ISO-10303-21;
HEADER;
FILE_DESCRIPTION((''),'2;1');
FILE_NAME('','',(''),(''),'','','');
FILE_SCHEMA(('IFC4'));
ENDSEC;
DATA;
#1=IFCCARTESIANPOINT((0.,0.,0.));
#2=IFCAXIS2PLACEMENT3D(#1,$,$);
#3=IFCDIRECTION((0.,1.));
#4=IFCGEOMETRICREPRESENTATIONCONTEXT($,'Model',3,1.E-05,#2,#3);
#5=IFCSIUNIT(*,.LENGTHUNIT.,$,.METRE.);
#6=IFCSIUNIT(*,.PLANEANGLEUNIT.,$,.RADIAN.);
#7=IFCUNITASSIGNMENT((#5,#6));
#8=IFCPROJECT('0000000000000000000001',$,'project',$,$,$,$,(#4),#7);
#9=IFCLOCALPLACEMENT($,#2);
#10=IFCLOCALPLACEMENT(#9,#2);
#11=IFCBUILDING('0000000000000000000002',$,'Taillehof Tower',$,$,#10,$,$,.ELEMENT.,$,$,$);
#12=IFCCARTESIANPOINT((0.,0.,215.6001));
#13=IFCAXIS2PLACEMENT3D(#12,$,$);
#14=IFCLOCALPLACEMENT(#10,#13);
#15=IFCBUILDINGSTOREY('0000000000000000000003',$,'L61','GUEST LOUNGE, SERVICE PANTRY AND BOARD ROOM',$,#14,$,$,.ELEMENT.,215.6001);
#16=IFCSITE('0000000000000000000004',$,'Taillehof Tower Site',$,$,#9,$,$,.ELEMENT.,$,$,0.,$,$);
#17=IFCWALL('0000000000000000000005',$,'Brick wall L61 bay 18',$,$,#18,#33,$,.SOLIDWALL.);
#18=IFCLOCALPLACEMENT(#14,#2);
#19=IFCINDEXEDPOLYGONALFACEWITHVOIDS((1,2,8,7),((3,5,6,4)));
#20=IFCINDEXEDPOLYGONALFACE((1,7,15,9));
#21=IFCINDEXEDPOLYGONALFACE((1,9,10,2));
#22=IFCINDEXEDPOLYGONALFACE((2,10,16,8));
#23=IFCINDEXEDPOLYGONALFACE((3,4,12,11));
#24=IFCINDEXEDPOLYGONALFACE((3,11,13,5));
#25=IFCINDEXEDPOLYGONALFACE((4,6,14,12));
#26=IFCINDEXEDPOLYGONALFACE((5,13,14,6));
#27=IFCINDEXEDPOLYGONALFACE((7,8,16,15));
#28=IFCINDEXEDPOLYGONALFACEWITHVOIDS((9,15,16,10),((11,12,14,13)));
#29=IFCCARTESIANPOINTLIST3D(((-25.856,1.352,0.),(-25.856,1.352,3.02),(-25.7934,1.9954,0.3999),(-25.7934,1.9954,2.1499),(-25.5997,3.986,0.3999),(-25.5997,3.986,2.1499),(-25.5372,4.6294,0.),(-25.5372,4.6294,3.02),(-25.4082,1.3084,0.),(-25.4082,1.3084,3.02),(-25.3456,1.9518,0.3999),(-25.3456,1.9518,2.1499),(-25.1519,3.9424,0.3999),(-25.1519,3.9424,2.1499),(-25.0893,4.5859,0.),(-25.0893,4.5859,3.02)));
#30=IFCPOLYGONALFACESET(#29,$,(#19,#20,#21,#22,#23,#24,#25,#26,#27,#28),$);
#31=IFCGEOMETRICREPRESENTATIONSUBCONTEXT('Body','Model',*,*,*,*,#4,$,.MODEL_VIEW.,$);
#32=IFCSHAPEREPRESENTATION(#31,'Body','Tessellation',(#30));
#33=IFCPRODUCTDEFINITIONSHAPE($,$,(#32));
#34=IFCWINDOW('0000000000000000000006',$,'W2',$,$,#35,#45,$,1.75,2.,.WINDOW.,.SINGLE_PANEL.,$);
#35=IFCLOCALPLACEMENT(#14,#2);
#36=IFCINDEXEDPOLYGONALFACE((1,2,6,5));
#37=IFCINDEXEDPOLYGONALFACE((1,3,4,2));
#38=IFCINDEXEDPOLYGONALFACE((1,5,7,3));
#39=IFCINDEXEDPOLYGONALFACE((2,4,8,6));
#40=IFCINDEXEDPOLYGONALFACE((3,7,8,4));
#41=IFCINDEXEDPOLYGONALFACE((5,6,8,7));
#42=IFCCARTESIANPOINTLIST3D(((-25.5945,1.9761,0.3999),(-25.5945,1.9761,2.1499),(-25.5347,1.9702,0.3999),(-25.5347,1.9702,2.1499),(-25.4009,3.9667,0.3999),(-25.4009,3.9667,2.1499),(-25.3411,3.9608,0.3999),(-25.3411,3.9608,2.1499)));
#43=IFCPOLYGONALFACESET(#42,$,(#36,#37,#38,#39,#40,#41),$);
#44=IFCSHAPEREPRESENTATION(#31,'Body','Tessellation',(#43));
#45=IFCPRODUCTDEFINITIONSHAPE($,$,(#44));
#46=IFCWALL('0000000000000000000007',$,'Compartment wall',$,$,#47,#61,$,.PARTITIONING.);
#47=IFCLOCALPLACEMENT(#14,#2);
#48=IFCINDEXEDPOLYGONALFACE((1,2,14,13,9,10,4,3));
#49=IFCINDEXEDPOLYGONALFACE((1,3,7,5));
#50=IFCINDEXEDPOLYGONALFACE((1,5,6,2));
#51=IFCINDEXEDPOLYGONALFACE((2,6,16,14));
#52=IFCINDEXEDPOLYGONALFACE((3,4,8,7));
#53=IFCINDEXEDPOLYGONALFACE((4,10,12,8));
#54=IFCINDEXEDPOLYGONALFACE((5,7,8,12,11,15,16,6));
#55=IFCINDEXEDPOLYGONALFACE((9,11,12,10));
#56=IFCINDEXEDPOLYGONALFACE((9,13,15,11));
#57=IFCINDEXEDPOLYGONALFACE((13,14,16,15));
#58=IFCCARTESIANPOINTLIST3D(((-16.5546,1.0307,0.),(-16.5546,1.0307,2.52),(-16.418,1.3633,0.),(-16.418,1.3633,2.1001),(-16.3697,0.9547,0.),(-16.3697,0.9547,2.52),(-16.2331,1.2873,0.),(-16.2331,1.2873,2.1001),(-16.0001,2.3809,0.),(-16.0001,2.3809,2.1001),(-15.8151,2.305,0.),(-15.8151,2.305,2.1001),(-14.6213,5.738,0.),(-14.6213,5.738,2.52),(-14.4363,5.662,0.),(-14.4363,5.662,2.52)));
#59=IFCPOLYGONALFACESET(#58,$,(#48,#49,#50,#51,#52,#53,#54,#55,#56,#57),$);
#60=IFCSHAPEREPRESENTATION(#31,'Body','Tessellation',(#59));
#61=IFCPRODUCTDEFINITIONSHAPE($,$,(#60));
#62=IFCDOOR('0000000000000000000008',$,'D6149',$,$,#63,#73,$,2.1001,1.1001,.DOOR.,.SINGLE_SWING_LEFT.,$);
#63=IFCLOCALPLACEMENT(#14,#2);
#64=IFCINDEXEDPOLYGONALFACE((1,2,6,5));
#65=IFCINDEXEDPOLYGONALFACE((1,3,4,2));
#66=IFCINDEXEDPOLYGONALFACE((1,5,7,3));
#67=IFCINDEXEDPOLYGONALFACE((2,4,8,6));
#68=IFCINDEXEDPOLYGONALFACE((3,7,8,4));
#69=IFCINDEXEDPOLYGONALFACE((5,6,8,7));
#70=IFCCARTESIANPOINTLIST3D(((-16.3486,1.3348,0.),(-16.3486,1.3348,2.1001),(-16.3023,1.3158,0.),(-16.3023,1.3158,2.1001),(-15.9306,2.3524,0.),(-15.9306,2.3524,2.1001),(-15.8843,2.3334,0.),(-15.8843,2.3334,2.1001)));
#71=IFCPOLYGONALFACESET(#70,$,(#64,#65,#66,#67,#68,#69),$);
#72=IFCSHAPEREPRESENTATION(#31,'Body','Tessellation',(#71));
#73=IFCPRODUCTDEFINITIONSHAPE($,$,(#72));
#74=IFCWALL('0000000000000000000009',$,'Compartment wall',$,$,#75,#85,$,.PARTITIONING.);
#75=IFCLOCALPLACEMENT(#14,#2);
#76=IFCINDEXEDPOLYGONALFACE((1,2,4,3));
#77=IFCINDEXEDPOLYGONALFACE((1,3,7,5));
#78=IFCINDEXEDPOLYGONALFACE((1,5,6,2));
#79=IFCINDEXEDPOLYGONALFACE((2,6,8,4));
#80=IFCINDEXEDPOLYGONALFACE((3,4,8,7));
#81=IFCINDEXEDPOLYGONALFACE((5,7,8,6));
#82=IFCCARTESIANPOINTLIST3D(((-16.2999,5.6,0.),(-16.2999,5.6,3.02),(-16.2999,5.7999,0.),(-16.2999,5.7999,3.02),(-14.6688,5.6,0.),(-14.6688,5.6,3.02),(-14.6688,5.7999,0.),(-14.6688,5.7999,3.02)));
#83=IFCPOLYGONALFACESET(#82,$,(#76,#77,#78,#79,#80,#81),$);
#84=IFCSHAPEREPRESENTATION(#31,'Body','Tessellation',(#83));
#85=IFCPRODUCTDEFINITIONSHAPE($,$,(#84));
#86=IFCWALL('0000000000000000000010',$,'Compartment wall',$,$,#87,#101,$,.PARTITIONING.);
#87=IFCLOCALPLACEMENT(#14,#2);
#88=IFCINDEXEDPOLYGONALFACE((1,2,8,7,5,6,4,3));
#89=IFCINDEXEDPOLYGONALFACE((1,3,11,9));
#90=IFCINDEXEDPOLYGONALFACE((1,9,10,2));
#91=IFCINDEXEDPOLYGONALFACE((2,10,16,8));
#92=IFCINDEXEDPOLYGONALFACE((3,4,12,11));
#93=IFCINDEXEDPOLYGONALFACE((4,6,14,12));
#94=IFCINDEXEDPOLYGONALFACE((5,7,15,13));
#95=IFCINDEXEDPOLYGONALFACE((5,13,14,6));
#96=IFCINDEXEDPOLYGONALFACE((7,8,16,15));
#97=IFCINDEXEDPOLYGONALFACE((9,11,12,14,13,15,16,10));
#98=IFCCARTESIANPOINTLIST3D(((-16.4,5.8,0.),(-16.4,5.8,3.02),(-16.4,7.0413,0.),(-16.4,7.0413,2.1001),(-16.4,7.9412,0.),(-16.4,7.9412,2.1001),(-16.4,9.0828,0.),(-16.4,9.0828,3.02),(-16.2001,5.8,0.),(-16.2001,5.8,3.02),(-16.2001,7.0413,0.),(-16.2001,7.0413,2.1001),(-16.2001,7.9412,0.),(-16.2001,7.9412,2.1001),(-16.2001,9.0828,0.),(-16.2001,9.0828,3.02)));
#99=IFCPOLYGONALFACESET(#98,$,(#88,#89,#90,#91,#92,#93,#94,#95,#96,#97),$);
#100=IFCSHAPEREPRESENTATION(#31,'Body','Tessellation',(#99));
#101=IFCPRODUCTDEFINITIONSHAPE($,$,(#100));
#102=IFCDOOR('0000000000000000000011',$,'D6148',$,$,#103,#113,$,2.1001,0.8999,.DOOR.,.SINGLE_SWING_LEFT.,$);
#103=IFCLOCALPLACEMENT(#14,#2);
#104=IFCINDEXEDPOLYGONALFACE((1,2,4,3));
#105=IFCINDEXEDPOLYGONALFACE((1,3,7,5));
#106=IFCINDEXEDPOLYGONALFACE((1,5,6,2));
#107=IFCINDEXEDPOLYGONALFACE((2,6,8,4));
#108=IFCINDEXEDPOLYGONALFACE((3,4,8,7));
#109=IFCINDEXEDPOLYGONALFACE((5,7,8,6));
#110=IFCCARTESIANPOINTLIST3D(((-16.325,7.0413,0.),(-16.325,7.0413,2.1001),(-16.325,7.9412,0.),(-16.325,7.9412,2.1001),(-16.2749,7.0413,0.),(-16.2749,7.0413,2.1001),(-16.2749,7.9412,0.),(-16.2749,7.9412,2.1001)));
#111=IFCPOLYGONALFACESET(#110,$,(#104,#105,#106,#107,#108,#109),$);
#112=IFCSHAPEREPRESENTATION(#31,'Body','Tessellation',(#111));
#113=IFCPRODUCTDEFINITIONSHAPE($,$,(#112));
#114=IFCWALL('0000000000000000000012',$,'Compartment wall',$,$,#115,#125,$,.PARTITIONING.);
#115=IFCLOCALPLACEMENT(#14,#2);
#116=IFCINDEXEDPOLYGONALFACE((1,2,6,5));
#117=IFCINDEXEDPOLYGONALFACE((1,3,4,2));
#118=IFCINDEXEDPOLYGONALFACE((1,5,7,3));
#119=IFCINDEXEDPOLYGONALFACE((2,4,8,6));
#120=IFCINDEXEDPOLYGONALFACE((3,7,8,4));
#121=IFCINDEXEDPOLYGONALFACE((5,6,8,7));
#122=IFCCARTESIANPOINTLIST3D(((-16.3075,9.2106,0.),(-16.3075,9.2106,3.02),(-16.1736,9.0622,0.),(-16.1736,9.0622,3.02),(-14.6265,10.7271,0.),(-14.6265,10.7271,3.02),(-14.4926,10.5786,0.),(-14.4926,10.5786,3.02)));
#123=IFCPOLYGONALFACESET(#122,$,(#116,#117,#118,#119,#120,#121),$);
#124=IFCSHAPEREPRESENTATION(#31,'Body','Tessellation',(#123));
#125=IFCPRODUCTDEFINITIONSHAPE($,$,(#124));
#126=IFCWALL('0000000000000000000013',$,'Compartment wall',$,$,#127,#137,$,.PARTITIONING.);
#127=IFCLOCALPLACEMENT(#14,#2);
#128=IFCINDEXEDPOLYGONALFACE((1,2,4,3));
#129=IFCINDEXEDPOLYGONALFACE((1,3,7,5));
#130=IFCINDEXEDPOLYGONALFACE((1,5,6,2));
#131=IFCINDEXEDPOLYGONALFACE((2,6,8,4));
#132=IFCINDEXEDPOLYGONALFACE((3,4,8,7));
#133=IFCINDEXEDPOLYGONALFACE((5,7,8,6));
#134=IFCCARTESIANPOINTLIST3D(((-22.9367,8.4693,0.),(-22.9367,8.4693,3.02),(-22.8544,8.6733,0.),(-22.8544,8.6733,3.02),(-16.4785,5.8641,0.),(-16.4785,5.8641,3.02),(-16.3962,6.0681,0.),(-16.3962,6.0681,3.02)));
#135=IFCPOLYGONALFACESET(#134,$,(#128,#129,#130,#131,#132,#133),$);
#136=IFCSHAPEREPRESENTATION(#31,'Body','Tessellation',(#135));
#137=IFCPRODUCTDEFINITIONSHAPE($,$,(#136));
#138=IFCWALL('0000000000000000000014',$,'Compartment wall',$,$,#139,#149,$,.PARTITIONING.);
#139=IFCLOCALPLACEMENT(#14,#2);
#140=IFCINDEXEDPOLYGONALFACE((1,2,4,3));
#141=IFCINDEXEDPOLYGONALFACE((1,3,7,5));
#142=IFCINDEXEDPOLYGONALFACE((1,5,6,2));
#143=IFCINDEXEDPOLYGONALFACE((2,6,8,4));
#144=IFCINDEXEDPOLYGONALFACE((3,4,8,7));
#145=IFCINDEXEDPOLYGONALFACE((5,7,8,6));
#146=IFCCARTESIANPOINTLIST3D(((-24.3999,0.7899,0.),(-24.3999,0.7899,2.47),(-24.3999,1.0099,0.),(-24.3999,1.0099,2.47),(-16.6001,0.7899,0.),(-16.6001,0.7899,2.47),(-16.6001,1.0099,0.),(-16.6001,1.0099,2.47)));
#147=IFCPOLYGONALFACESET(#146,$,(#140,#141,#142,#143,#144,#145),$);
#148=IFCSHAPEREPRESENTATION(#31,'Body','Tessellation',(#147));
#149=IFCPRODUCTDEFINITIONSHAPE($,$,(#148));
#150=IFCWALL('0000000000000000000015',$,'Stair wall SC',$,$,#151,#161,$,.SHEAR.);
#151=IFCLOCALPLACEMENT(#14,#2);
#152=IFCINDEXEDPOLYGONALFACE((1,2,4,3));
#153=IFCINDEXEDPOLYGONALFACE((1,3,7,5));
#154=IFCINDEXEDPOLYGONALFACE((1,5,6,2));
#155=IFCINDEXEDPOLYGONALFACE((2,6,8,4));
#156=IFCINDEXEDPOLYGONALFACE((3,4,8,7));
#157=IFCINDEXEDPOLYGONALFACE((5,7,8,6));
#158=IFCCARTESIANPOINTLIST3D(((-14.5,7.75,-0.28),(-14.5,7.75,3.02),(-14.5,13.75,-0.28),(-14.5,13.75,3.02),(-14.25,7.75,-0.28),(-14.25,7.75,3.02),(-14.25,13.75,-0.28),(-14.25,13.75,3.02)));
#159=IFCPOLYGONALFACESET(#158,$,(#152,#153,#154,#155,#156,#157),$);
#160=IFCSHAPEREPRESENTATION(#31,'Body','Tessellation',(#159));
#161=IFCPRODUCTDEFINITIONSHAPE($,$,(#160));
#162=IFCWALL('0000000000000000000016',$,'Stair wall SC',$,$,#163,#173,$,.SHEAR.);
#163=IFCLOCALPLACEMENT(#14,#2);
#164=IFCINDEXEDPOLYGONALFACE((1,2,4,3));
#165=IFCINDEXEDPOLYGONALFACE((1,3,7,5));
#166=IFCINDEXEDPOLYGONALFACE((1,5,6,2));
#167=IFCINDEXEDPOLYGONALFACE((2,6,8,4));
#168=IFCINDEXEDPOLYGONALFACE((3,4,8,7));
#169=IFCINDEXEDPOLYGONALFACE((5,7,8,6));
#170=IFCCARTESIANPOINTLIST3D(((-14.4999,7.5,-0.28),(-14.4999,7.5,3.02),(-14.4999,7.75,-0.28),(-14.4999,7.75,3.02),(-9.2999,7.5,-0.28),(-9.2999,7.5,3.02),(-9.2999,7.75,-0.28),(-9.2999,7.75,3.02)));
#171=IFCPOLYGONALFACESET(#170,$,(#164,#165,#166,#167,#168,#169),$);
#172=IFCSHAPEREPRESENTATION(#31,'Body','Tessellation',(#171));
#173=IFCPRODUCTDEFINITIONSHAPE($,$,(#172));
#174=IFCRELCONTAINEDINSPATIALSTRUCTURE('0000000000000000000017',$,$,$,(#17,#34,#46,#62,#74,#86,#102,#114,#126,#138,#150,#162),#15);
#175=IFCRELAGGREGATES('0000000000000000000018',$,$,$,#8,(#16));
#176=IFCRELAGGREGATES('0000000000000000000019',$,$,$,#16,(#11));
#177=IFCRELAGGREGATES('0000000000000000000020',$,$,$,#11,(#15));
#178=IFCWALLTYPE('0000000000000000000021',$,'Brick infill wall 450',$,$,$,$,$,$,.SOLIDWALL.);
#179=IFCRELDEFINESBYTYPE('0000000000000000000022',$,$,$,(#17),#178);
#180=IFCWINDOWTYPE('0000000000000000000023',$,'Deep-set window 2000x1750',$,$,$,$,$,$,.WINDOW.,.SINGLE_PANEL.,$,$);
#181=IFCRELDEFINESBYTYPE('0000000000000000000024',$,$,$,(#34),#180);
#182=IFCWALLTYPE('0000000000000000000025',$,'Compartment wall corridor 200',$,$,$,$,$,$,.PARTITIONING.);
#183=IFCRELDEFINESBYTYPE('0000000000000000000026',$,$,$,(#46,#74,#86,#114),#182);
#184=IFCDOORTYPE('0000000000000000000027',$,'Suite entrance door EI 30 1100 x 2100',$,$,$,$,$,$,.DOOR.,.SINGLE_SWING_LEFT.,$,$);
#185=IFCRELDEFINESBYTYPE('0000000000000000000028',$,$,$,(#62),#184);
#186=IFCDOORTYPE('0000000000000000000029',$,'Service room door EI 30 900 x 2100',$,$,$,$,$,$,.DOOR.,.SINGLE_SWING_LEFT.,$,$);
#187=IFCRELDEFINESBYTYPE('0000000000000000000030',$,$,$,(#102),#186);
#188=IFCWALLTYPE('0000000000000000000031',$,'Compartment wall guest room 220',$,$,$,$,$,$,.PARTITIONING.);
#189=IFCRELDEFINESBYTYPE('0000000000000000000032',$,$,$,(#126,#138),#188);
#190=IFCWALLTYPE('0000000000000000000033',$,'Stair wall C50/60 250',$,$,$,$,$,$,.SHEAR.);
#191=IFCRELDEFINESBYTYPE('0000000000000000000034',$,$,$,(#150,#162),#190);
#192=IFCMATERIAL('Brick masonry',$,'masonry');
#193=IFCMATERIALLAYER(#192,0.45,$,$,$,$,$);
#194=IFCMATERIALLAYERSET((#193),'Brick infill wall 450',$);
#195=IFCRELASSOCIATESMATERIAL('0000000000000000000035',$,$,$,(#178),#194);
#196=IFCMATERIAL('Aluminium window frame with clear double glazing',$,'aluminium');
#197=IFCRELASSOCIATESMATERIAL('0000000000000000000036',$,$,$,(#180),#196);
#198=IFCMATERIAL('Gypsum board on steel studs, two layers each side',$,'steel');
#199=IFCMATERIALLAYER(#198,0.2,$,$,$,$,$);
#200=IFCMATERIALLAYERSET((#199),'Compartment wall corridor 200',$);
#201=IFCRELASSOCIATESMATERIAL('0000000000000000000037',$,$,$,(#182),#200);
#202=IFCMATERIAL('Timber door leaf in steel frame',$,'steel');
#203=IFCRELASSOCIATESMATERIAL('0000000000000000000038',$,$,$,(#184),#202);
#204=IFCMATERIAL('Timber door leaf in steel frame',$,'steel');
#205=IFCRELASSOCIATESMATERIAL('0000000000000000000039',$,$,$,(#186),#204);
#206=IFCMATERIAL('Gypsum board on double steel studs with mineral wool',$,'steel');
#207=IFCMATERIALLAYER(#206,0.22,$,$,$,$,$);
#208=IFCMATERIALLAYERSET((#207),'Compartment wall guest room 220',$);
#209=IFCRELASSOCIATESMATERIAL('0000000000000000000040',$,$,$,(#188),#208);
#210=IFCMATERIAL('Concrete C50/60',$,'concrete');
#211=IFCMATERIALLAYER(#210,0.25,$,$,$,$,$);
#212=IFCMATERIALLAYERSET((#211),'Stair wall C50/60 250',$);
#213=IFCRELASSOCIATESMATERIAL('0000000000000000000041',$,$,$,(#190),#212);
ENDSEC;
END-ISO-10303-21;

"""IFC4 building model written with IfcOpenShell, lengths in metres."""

from ifc_helpers import new_model, si_unit, direction, frame, frame_2d, origin, place, context, subcontext, project, spatial, rectangle, extrude, material, layer, layer_set, type_object, element, fill, save


model = new_model("IFC4")

# Units and contexts
model_context = context("Model", 3, precision=1e-05, world=origin(), true_north=direction((0.0, 1.0)))
body_context = subcontext(model_context, "Body", "Model", "MODEL_VIEW")
ifc_project = project(units=[si_unit("LENGTHUNIT", "METRE"), si_unit("PLANEANGLEUNIT", "RADIAN")], contexts=[model_context])

# Site, building, storey
site_placement = place(None, origin())
site = spatial("IfcSite", under=ifc_project, at=site_placement, Name="Taillehof Tower Site", CompositionType="ELEMENT", RefElevation=0.0)
building_placement = place(site_placement, origin())
building = spatial("IfcBuilding", under=site, at=building_placement, Name="Taillehof Tower", CompositionType="ELEMENT")
storey_placement = place(building_placement, frame((0.0, 0.0, 215.6001)))
storey = spatial("IfcBuildingStorey", under=building, at=storey_placement, Name="L61", Description="GUEST LOUNGE, SERVICE PANTRY AND BOARD ROOM", CompositionType="ELEMENT", Elevation=215.6001)

# Wall, opening, window
ifc_material_1 = material(Name="Brick masonry", Category="masonry")
ifc_layer_1 = layer(ifc_material_1, 0.45)
ifc_layer_set_1 = layer_set([ifc_layer_1], Name="Brick infill wall 450")
wall_type_1 = type_object("IfcWallType", Name="Brick infill wall 450", PredefinedType="SOLIDWALL", material=ifc_layer_set_1)
ifc_material_2 = material(Name="Aluminium window frame with clear double glazing", Category="aluminium")
window_type = type_object("IfcWindowType", Name="Deep-set window 2000x1750", PartitioningType="SINGLE_PANEL", PredefinedType="WINDOW", material=ifc_material_2)
wall_1_placement = place(storey_placement, frame((-25.3132, 4.6077, 0.0), z_axis=(0.0, 0.0, 1.0), x_axis=(-0.096824, -0.995302, 0.0)))
wall_1 = element("IfcWall", 1, at=wall_1_placement, inside=storey, type_object=wall_type_1, Name="Brick wall L61 bay 18", PredefinedType="SOLIDWALL", context=body_context, shape_type="SweptSolid", body=[
    extrude(rectangle(XDim=3.293, YDim=0.45, at=frame_2d((1.6465, 0.0))), origin(), (0.0, 0.0, 1.0), 3.02),
])
opening_1_placement = place(wall_1_placement, frame((0.6465, 0.0, 0.3999)))
opening_1 = element("IfcOpeningElement", 2, at=opening_1_placement, cuts=wall_1, PredefinedType="OPENING", context=body_context, shape_type="SweptSolid", body=[
    extrude(rectangle(XDim=2.0, YDim=1.75, at=frame_2d((1.0, 0.875))), frame((0.0, 0.2349, 0.0), z_axis=(0.0, -1.0, 0.0), x_axis=(1.0, 0.0, 0.0)), (0.0, 0.0, 1.0), 0.47),
])
window_1_placement = place(opening_1_placement, origin())
window_1 = element("IfcWindow", 3, at=window_1_placement, inside=storey, type_object=window_type, Name="W2", OverallHeight=1.75, OverallWidth=2.0, PartitioningType="SINGLE_PANEL", PredefinedType="WINDOW", context=body_context, shape_type="SweptSolid", body=[
    extrude(rectangle(XDim=2.0, YDim=1.75, at=frame_2d((1.0, 0.875))), frame((0.0, 0.0349, 0.0), z_axis=(0.0, -1.0, 0.0), x_axis=(1.0, 0.0, 0.0)), (0.0, 0.0, 1.0), 0.0601),
])
fill(opening_1, window_1)

# Wall, opening, door
ifc_material_3 = material(Name="Gypsum board on steel studs, two layers each side", Category="steel")
ifc_layer_2 = layer(ifc_material_3, 0.2)
ifc_layer_set_2 = layer_set([ifc_layer_2], Name="Compartment wall corridor 200")
wall_type_2 = type_object("IfcWallType", Name="Compartment wall corridor 200", PredefinedType="PARTITIONING", material=ifc_layer_set_2)
wall_2_placement = place(storey_placement, frame((-16.4622, 0.9927, 0.0), z_axis=(0.0, 0.0, 1.0), x_axis=(0.37992, 0.92502, 0.0)))
wall_2 = element("IfcWall", 4, at=wall_2_placement, inside=storey, type_object=wall_type_2, Name="Compartment wall", PredefinedType="PARTITIONING", context=body_context, shape_type="SweptSolid", body=[
    extrude(rectangle(XDim=5.0889, YDim=0.2, at=frame_2d((2.5444, 0.0))), origin(), (0.0, 0.0, 1.0), 2.52),
])
opening_2_placement = place(wall_2_placement, frame((0.3596, 0.0, 0.0)))
opening_2 = element("IfcOpeningElement", 5, at=opening_2_placement, cuts=wall_2, PredefinedType="OPENING", context=body_context, shape_type="SweptSolid", body=[
    extrude(rectangle(XDim=1.1001, YDim=2.1001, at=frame_2d((0.55, 1.05))), frame((0.0, 0.1099, 0.0), z_axis=(0.0, -1.0, 0.0), x_axis=(1.0, 0.0, 0.0)), (0.0, 0.0, 1.0), 0.22),
])
ifc_material_4 = material(Name="Timber door leaf in steel frame", Category="steel")
door_type_1 = type_object("IfcDoorType", Name="Suite entrance door EI 30 1100 x 2100", OperationType="SINGLE_SWING_LEFT", PredefinedType="DOOR", material=ifc_material_4)
door_1_placement = place(opening_2_placement, origin())
door_1 = element("IfcDoor", 6, at=door_1_placement, inside=storey, type_object=door_type_1, Name="D6149", OperationType="SINGLE_SWING_LEFT", OverallHeight=2.1001, OverallWidth=1.1001, PredefinedType="DOOR", context=body_context, shape_type="SweptSolid", body=[
    extrude(rectangle(XDim=1.1001, YDim=2.1001, at=frame_2d((0.55, 1.05))), frame((0.0, 0.0249, 0.0), z_axis=(0.0, -1.0, 0.0), x_axis=(1.0, 0.0, 0.0)), (0.0, 0.0, 1.0), 0.05),
])
fill(opening_2, door_1)

# Wall
wall_3_placement = place(storey_placement, frame((-14.6689, 5.7, 0.0), z_axis=(0.0, 0.0, 1.0), x_axis=(-1.0, 0.0, 0.0)))
element("IfcWall", 7, at=wall_3_placement, inside=storey, type_object=wall_type_2, Name="Compartment wall", PredefinedType="PARTITIONING", context=body_context, shape_type="SweptSolid", body=[
    extrude(rectangle(XDim=1.6311, YDim=0.2, at=frame_2d((0.8154, 0.0))), origin(), (0.0, 0.0, 1.0), 3.02),
])

# Wall, opening, door
wall_4_placement = place(storey_placement, frame((-16.3, 5.8, 0.0), z_axis=(0.0, 0.0, 1.0), x_axis=(0.0, 1.0, 0.0)))
wall_4 = element("IfcWall", 8, at=wall_4_placement, inside=storey, type_object=wall_type_2, Name="Compartment wall", PredefinedType="PARTITIONING", context=body_context, shape_type="SweptSolid", body=[
    extrude(rectangle(XDim=3.2827, YDim=0.2, at=frame_2d((1.6414, 0.0))), origin(), (0.0, 0.0, 1.0), 3.02),
])
opening_3_placement = place(wall_4_placement, frame((1.2412, 0.0, 0.0)))
opening_3 = element("IfcOpeningElement", 9, at=opening_3_placement, cuts=wall_4, PredefinedType="OPENING", context=body_context, shape_type="SweptSolid", body=[
    extrude(rectangle(XDim=0.8999, YDim=2.1001, at=frame_2d((0.45, 1.05))), frame((0.0, 0.1099, 0.0), z_axis=(0.0, -1.0, 0.0), x_axis=(1.0, 0.0, 0.0)), (0.0, 0.0, 1.0), 0.22),
])
ifc_material_5 = material(Name="Timber door leaf in steel frame", Category="steel")
door_type_2 = type_object("IfcDoorType", Name="Service room door EI 30 900 x 2100", OperationType="SINGLE_SWING_LEFT", PredefinedType="DOOR", material=ifc_material_5)
door_2_placement = place(opening_3_placement, origin())
door_2 = element("IfcDoor", 10, at=door_2_placement, inside=storey, type_object=door_type_2, Name="D6148", OperationType="SINGLE_SWING_LEFT", OverallHeight=2.1001, OverallWidth=0.8999, PredefinedType="DOOR", context=body_context, shape_type="SweptSolid", body=[
    extrude(rectangle(XDim=0.8999, YDim=2.1001, at=frame_2d((0.45, 1.05))), frame((0.0, 0.0249, 0.0), z_axis=(0.0, -1.0, 0.0), x_axis=(1.0, 0.0, 0.0)), (0.0, 0.0, 1.0), 0.05),
])
fill(opening_3, door_2)

# Walls
wall_5_placement = place(storey_placement, frame((-16.2405, 9.1365, 0.0), z_axis=(0.0, 0.0, 1.0), x_axis=(0.742516, 0.669828, 0.0)))
element("IfcWall", 11, at=wall_5_placement, inside=storey, type_object=wall_type_2, Name="Compartment wall", PredefinedType="PARTITIONING", context=body_context, shape_type="SweptSolid", body=[
    extrude(rectangle(XDim=2.2639, YDim=0.2, at=frame_2d((1.1318, 0.0))), origin(), (0.0, 0.0, 1.0), 3.02),
])
ifc_material_6 = material(Name="Gypsum board on double steel studs with mineral wool", Category="steel")
ifc_layer_3 = layer(ifc_material_6, 0.22)
ifc_layer_set_3 = layer_set([ifc_layer_3], Name="Compartment wall guest room 220")
wall_type_3 = type_object("IfcWallType", Name="Compartment wall guest room 220", PredefinedType="PARTITIONING", material=ifc_layer_set_3)
wall_6_placement = place(storey_placement, frame((-22.8955, 8.5713, 0.0), z_axis=(0.0, 0.0, 1.0), x_axis=(0.927387, -0.374103, 0.0)))
element("IfcWall", 12, at=wall_6_placement, inside=storey, type_object=wall_type_3, Name="Compartment wall", PredefinedType="PARTITIONING", context=body_context, shape_type="SweptSolid", body=[
    extrude(rectangle(XDim=6.9639, YDim=0.22, at=frame_2d((3.4819, 0.0))), origin(), (0.0, 0.0, 1.0), 3.02),
])
wall_7_placement = place(storey_placement, frame((-24.3999, 0.8999, 0.0), z_axis=(0.0, 0.0, 1.0), x_axis=(1.0, 0.0, 0.0)))
element("IfcWall", 13, at=wall_7_placement, inside=storey, type_object=wall_type_3, Name="Compartment wall", PredefinedType="PARTITIONING", context=body_context, shape_type="SweptSolid", body=[
    extrude(rectangle(XDim=7.7998, YDim=0.22, at=frame_2d((3.8999, 0.0))), origin(), (0.0, 0.0, 1.0), 2.47),
])
ifc_material_7 = material(Name="Concrete C50/60", Category="concrete")
ifc_layer_4 = layer(ifc_material_7, 0.25)
ifc_layer_set_4 = layer_set([ifc_layer_4], Name="Stair wall C50/60 250")
wall_type_4 = type_object("IfcWallType", Name="Stair wall C50/60 250", PredefinedType="SHEAR", material=ifc_layer_set_4)
wall_8_placement = place(storey_placement, frame((-14.375, 7.75, -0.28), z_axis=(0.0, 0.0, 1.0), x_axis=(0.0, 1.0, 0.0)))
element("IfcWall", 14, at=wall_8_placement, inside=storey, type_object=wall_type_4, Name="Stair wall SC", PredefinedType="SHEAR", context=body_context, shape_type="SweptSolid", body=[
    extrude(rectangle(XDim=6.0, YDim=0.25, at=frame_2d((3.0, 0.0))), origin(), (0.0, 0.0, 1.0), 3.3),
])
wall_9_placement = place(storey_placement, frame((-14.5, 7.625, -0.28), z_axis=(0.0, 0.0, 1.0), x_axis=(1.0, 0.0, 0.0)))
element("IfcWall", 15, at=wall_9_placement, inside=storey, type_object=wall_type_4, Name="Stair wall SC", PredefinedType="SHEAR", context=body_context, shape_type="SweptSolid", body=[
    extrude(rectangle(XDim=5.2, YDim=0.25, at=frame_2d((2.6001, 0.0))), origin(), (0.0, 0.0, 1.0), 3.3),
])

save(model, "model.ifc")
